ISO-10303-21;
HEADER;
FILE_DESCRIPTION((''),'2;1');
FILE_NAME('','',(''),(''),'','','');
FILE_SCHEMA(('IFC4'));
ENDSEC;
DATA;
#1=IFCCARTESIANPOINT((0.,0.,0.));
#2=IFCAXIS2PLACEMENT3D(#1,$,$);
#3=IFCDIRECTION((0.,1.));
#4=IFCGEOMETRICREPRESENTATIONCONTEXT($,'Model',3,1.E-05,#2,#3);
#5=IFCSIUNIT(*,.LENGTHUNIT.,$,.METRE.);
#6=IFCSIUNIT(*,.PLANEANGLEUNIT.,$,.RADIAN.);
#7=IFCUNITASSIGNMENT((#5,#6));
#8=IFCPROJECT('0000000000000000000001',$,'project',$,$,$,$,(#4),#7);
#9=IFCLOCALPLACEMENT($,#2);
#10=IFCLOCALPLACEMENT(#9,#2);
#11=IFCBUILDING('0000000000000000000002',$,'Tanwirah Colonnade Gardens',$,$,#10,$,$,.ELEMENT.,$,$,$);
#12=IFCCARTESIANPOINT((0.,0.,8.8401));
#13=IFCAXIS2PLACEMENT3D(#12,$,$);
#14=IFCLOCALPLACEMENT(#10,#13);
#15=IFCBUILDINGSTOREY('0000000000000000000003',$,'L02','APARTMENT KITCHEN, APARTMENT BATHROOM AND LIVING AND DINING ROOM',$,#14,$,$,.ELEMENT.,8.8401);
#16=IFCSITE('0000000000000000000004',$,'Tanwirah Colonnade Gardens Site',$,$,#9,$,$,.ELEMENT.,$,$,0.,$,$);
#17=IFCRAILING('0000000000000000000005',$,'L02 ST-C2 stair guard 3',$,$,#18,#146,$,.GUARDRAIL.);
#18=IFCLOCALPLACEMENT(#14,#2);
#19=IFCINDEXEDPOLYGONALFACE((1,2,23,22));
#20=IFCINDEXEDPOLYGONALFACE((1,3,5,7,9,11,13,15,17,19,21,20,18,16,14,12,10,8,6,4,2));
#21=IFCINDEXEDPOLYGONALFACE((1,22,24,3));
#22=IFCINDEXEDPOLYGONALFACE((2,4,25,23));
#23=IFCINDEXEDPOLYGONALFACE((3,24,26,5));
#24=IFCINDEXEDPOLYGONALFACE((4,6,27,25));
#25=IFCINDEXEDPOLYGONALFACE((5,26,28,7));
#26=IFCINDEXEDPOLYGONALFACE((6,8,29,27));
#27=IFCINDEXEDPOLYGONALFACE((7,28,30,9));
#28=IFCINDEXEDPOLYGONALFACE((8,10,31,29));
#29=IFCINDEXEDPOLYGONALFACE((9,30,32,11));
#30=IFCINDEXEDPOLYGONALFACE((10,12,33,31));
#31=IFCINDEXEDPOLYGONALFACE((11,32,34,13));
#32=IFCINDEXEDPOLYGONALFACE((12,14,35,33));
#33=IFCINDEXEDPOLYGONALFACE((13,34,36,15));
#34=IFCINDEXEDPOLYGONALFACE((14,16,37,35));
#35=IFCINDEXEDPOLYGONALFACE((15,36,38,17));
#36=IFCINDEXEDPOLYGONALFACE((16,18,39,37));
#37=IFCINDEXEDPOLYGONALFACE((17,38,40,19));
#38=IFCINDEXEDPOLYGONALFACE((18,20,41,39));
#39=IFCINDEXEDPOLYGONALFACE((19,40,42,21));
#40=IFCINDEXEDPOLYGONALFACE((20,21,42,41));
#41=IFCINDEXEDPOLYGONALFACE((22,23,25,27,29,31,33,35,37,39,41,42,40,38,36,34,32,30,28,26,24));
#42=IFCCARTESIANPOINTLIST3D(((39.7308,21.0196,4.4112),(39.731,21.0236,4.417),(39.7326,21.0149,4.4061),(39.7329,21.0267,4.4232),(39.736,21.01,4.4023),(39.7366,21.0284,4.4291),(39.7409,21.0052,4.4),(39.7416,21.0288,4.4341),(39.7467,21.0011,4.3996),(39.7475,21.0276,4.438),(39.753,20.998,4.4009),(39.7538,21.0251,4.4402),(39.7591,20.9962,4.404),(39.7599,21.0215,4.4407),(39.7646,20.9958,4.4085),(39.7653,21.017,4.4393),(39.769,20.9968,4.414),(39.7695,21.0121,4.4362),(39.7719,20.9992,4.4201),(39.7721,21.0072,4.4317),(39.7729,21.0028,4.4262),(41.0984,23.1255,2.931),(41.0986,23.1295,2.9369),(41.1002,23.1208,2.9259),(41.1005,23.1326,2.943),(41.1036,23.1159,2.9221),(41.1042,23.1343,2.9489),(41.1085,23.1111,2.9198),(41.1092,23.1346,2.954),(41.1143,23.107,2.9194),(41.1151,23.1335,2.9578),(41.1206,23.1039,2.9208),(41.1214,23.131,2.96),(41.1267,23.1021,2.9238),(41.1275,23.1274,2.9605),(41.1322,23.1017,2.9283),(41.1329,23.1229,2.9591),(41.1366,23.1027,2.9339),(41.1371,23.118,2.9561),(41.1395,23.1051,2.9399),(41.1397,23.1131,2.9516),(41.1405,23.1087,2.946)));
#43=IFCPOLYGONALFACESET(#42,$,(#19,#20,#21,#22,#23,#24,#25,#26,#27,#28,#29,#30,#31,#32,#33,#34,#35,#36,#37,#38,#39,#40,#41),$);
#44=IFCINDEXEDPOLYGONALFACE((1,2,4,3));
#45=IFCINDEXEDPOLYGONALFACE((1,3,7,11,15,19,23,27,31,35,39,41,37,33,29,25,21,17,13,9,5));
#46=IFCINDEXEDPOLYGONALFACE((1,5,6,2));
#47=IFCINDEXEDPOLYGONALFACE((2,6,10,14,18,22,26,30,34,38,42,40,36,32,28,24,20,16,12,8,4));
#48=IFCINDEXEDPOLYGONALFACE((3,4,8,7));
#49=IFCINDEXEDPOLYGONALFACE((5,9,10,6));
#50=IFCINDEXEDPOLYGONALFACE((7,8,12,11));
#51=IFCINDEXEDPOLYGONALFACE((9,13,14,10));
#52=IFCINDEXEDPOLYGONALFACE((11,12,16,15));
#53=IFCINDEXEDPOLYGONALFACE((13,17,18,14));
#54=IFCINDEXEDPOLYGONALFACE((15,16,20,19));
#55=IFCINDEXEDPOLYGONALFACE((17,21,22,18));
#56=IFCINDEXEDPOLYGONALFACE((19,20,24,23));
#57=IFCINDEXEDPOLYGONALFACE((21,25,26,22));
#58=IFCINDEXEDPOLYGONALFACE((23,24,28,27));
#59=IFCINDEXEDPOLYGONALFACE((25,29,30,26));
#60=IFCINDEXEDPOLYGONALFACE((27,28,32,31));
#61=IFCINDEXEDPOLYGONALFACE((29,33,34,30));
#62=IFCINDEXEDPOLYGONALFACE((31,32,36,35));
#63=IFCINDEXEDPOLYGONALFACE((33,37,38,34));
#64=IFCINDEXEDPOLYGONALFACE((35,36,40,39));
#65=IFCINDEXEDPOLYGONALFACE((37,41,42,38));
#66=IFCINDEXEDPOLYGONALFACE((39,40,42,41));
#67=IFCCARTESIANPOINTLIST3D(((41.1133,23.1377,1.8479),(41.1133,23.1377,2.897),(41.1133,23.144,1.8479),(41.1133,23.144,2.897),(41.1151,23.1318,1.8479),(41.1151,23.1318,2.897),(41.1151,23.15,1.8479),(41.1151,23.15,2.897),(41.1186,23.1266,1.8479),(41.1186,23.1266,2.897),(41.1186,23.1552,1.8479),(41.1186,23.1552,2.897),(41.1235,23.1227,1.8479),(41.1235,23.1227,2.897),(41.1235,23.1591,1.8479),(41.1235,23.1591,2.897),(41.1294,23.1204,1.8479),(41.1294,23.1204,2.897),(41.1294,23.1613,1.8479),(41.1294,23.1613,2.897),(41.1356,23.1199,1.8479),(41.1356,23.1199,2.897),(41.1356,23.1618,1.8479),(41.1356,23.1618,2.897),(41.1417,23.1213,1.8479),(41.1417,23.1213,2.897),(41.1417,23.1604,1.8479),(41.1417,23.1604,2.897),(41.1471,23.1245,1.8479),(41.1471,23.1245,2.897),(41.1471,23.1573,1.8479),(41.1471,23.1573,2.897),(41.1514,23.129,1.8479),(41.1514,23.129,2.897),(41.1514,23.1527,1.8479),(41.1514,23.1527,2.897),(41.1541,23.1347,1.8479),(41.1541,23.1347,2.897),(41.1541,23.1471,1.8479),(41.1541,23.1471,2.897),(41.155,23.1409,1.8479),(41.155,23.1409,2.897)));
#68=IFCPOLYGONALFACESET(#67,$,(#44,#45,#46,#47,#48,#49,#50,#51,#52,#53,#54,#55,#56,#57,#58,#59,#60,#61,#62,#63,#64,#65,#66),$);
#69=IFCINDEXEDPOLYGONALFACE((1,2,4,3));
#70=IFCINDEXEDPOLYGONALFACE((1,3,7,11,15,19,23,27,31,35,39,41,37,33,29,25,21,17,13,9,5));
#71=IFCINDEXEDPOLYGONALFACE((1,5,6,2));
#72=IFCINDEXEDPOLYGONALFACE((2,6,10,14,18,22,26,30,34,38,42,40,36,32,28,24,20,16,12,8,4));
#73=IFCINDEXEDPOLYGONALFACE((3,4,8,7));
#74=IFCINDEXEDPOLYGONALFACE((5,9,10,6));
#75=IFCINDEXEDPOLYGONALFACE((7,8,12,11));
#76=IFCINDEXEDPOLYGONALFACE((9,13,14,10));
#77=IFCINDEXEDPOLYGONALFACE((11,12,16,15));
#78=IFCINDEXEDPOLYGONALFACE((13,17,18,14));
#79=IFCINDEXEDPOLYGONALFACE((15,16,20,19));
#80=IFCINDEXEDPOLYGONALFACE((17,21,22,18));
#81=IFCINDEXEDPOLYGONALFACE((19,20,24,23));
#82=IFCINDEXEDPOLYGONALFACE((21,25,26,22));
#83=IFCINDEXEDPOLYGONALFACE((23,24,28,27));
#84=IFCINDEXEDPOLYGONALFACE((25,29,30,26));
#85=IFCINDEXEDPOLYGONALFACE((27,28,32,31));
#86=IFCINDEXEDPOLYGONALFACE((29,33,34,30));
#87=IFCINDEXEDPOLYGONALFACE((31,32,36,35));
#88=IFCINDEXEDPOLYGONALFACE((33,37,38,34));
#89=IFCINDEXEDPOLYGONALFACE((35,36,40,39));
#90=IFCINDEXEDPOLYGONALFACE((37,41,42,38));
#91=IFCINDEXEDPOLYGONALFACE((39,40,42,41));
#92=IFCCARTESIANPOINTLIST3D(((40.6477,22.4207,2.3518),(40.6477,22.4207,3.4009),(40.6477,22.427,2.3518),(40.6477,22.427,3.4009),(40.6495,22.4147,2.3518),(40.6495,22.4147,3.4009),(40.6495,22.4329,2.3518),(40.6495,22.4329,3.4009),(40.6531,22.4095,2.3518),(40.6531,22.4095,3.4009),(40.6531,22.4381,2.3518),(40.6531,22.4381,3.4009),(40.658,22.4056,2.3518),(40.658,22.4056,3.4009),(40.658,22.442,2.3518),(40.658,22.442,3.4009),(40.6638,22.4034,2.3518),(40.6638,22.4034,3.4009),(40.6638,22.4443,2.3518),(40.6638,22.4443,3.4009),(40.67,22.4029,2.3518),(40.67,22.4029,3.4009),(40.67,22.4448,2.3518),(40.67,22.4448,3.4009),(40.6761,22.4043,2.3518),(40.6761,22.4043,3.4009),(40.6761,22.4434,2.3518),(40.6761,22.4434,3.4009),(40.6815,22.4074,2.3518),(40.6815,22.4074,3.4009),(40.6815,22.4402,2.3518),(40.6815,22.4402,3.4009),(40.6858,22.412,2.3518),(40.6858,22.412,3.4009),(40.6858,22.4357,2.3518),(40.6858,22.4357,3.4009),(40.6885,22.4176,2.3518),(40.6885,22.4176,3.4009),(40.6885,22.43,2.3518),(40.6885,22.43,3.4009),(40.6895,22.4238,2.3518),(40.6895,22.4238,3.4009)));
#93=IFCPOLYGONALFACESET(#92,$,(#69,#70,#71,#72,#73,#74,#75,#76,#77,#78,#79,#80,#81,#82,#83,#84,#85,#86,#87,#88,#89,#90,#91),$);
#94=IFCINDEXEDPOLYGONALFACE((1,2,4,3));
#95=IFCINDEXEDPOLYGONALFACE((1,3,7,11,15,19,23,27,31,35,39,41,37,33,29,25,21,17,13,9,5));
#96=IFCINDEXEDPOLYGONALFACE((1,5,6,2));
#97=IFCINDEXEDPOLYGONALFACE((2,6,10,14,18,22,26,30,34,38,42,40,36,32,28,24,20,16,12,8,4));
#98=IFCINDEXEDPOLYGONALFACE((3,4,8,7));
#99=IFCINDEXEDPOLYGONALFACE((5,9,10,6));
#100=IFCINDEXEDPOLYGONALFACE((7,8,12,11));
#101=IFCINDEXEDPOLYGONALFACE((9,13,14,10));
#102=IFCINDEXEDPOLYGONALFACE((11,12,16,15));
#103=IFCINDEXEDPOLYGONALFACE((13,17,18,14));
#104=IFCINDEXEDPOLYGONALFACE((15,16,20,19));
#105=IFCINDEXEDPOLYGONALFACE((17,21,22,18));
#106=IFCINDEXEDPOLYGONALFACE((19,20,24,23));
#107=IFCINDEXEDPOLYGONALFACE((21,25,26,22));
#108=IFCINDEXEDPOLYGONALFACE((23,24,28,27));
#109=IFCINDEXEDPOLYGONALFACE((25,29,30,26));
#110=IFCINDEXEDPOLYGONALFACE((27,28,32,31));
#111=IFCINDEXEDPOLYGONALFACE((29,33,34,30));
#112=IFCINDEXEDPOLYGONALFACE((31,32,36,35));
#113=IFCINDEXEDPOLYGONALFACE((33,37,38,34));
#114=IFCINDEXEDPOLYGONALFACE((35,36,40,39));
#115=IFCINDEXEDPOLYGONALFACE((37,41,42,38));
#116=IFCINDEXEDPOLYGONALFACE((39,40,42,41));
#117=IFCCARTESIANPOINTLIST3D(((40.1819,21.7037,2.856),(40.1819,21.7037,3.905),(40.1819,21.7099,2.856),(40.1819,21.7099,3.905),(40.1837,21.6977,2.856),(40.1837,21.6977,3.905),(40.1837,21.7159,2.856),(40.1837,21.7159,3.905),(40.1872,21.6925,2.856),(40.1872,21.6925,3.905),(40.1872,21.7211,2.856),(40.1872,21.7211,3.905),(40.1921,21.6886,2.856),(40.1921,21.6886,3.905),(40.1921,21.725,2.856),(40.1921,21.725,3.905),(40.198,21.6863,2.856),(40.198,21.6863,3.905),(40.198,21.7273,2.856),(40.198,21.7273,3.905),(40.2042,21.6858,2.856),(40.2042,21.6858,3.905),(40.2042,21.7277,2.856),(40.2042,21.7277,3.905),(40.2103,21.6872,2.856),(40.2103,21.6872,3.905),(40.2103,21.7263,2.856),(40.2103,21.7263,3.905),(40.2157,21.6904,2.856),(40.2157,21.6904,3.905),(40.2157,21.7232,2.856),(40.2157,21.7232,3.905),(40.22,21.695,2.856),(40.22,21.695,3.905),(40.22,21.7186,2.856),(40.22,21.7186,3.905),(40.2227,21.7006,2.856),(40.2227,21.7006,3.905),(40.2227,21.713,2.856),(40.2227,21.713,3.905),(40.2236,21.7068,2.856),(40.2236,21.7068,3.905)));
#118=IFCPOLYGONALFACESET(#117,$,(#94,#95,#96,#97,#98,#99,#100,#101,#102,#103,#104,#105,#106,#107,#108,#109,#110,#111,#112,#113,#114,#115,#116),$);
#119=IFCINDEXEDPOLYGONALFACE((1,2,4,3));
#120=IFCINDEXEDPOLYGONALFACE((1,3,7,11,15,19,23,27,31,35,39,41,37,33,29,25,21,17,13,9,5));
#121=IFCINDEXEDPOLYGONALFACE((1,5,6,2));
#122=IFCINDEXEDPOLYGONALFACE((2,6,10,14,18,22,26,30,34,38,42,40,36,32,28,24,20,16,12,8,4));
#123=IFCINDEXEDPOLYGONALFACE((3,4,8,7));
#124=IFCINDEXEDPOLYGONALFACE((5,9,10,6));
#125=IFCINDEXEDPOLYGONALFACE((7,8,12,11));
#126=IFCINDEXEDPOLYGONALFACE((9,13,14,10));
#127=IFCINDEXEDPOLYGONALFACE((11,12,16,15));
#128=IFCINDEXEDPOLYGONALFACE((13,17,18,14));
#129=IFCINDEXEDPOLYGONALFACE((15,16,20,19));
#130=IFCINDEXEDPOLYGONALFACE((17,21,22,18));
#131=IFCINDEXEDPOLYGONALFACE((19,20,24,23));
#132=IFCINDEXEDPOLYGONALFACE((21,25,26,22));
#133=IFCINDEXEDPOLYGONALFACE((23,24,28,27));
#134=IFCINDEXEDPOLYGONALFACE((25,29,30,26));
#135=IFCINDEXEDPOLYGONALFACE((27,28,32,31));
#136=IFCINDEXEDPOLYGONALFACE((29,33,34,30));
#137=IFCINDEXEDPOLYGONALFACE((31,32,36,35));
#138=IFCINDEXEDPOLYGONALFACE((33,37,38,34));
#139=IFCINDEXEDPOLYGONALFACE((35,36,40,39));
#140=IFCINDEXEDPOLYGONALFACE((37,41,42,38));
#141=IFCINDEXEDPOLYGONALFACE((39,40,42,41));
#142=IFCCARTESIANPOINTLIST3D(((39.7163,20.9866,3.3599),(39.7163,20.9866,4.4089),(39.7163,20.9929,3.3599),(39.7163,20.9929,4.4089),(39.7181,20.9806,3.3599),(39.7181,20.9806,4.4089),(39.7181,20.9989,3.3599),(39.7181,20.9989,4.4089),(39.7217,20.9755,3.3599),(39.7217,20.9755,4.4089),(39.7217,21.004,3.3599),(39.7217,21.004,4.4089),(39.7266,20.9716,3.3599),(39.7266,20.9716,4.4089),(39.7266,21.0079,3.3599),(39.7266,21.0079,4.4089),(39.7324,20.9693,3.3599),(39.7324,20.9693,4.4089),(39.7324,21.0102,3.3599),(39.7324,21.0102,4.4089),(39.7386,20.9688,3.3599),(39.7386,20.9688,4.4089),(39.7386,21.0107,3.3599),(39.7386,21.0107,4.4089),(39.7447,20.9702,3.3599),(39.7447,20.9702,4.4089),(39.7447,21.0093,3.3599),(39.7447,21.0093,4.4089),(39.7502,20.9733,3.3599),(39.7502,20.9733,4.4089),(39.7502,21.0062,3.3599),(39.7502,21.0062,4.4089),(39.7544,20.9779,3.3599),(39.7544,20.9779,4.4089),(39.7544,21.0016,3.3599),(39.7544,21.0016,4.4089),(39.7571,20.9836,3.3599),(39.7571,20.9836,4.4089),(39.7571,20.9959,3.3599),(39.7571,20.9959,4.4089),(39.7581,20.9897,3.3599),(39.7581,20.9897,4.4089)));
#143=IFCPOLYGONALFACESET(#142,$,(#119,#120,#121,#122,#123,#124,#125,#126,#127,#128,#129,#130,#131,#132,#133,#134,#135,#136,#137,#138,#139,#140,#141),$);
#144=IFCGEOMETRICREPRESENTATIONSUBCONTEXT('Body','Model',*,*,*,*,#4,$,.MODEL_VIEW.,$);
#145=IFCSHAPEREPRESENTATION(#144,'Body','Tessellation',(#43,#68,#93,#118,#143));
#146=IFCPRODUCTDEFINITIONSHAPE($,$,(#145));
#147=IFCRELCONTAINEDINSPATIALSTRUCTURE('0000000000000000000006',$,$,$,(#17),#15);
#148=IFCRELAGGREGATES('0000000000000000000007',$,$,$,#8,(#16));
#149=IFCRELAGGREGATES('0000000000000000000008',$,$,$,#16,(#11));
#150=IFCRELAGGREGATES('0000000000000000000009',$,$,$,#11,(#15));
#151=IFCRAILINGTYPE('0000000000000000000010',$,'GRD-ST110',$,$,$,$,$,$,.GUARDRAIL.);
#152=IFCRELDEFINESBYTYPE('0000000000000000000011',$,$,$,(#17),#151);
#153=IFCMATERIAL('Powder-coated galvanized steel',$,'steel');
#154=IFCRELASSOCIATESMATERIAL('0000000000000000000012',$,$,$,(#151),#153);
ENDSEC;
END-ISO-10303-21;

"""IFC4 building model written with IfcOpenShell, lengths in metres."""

from ifc_helpers import new_model, si_unit, direction, frame, origin, origin_2d, place, context, subcontext, project, spatial, circle, extrude, material, type_object, element, save


model = new_model("IFC4")

# Units and contexts
model_context = context("Model", 3, precision=1e-05, world=origin(), true_north=direction((0.0, 1.0)))
body_context = subcontext(model_context, "Body", "Model", "MODEL_VIEW")
ifc_project = project(units=[si_unit("LENGTHUNIT", "METRE"), si_unit("PLANEANGLEUNIT", "RADIAN")], contexts=[model_context])

# Site, building, storey
site_placement = place(None, origin())
site = spatial("IfcSite", under=ifc_project, at=site_placement, Name="Tanwirah Colonnade Gardens Site", CompositionType="ELEMENT", RefElevation=0.0)
building_placement = place(site_placement, origin())
building = spatial("IfcBuilding", under=site, at=building_placement, Name="Tanwirah Colonnade Gardens", CompositionType="ELEMENT")
storey_placement = place(building_placement, frame((0.0, 0.0, 8.8401)))
storey = spatial("IfcBuildingStorey", under=building, at=storey_placement, Name="L02", Description="APARTMENT KITCHEN, APARTMENT BATHROOM AND LIVING AND DINING ROOM", CompositionType="ELEMENT", Elevation=8.8401)

# Railing
ifc_material_1 = material(Name="Powder-coated galvanized steel", Category="steel")
railing_type_1 = type_object("IfcRailingType", Name="GRD-ST110", PredefinedType="GUARDRAIL", material=ifc_material_1)
railing_1_placement = place(storey_placement, frame((41.134, 23.1409, 1.8479)))
element("IfcRailing", 1, at=railing_1_placement, inside=storey, type_object=railing_type_1, Name="L02 ST-C2 stair guard 3", PredefinedType="GUARDRAIL", context=body_context, shape_type="SweptSolid", body=[
    extrude(circle(Radius=0.0239, at=origin_2d()), frame((-0.0146, -0.0227, 1.092), z_axis=(-0.469193, -0.722484, 0.507814), x_axis=(0.838668, -0.544644, 0.0)), (0.0, 0.0, 1.0), 2.9148),
    extrude(circle(Radius=0.021, at=origin_2d()), origin(), (0.0, 0.0, 1.0), 1.0491),
    extrude(circle(Radius=0.021, at=origin_2d()), frame((-0.4656, -0.717, 0.5039)), (0.0, 0.0, 1.0), 1.0491),
    extrude(circle(Radius=0.021, at=origin_2d()), frame((-0.9314, -1.4341, 1.0081)), (0.0, 0.0, 1.0), 1.0491),
    extrude(circle(Radius=0.021, at=origin_2d()), frame((-1.397, -2.1511, 1.512)), (0.0, 0.0, 1.0), 1.0491),
])

save(model, "model.ifc")
